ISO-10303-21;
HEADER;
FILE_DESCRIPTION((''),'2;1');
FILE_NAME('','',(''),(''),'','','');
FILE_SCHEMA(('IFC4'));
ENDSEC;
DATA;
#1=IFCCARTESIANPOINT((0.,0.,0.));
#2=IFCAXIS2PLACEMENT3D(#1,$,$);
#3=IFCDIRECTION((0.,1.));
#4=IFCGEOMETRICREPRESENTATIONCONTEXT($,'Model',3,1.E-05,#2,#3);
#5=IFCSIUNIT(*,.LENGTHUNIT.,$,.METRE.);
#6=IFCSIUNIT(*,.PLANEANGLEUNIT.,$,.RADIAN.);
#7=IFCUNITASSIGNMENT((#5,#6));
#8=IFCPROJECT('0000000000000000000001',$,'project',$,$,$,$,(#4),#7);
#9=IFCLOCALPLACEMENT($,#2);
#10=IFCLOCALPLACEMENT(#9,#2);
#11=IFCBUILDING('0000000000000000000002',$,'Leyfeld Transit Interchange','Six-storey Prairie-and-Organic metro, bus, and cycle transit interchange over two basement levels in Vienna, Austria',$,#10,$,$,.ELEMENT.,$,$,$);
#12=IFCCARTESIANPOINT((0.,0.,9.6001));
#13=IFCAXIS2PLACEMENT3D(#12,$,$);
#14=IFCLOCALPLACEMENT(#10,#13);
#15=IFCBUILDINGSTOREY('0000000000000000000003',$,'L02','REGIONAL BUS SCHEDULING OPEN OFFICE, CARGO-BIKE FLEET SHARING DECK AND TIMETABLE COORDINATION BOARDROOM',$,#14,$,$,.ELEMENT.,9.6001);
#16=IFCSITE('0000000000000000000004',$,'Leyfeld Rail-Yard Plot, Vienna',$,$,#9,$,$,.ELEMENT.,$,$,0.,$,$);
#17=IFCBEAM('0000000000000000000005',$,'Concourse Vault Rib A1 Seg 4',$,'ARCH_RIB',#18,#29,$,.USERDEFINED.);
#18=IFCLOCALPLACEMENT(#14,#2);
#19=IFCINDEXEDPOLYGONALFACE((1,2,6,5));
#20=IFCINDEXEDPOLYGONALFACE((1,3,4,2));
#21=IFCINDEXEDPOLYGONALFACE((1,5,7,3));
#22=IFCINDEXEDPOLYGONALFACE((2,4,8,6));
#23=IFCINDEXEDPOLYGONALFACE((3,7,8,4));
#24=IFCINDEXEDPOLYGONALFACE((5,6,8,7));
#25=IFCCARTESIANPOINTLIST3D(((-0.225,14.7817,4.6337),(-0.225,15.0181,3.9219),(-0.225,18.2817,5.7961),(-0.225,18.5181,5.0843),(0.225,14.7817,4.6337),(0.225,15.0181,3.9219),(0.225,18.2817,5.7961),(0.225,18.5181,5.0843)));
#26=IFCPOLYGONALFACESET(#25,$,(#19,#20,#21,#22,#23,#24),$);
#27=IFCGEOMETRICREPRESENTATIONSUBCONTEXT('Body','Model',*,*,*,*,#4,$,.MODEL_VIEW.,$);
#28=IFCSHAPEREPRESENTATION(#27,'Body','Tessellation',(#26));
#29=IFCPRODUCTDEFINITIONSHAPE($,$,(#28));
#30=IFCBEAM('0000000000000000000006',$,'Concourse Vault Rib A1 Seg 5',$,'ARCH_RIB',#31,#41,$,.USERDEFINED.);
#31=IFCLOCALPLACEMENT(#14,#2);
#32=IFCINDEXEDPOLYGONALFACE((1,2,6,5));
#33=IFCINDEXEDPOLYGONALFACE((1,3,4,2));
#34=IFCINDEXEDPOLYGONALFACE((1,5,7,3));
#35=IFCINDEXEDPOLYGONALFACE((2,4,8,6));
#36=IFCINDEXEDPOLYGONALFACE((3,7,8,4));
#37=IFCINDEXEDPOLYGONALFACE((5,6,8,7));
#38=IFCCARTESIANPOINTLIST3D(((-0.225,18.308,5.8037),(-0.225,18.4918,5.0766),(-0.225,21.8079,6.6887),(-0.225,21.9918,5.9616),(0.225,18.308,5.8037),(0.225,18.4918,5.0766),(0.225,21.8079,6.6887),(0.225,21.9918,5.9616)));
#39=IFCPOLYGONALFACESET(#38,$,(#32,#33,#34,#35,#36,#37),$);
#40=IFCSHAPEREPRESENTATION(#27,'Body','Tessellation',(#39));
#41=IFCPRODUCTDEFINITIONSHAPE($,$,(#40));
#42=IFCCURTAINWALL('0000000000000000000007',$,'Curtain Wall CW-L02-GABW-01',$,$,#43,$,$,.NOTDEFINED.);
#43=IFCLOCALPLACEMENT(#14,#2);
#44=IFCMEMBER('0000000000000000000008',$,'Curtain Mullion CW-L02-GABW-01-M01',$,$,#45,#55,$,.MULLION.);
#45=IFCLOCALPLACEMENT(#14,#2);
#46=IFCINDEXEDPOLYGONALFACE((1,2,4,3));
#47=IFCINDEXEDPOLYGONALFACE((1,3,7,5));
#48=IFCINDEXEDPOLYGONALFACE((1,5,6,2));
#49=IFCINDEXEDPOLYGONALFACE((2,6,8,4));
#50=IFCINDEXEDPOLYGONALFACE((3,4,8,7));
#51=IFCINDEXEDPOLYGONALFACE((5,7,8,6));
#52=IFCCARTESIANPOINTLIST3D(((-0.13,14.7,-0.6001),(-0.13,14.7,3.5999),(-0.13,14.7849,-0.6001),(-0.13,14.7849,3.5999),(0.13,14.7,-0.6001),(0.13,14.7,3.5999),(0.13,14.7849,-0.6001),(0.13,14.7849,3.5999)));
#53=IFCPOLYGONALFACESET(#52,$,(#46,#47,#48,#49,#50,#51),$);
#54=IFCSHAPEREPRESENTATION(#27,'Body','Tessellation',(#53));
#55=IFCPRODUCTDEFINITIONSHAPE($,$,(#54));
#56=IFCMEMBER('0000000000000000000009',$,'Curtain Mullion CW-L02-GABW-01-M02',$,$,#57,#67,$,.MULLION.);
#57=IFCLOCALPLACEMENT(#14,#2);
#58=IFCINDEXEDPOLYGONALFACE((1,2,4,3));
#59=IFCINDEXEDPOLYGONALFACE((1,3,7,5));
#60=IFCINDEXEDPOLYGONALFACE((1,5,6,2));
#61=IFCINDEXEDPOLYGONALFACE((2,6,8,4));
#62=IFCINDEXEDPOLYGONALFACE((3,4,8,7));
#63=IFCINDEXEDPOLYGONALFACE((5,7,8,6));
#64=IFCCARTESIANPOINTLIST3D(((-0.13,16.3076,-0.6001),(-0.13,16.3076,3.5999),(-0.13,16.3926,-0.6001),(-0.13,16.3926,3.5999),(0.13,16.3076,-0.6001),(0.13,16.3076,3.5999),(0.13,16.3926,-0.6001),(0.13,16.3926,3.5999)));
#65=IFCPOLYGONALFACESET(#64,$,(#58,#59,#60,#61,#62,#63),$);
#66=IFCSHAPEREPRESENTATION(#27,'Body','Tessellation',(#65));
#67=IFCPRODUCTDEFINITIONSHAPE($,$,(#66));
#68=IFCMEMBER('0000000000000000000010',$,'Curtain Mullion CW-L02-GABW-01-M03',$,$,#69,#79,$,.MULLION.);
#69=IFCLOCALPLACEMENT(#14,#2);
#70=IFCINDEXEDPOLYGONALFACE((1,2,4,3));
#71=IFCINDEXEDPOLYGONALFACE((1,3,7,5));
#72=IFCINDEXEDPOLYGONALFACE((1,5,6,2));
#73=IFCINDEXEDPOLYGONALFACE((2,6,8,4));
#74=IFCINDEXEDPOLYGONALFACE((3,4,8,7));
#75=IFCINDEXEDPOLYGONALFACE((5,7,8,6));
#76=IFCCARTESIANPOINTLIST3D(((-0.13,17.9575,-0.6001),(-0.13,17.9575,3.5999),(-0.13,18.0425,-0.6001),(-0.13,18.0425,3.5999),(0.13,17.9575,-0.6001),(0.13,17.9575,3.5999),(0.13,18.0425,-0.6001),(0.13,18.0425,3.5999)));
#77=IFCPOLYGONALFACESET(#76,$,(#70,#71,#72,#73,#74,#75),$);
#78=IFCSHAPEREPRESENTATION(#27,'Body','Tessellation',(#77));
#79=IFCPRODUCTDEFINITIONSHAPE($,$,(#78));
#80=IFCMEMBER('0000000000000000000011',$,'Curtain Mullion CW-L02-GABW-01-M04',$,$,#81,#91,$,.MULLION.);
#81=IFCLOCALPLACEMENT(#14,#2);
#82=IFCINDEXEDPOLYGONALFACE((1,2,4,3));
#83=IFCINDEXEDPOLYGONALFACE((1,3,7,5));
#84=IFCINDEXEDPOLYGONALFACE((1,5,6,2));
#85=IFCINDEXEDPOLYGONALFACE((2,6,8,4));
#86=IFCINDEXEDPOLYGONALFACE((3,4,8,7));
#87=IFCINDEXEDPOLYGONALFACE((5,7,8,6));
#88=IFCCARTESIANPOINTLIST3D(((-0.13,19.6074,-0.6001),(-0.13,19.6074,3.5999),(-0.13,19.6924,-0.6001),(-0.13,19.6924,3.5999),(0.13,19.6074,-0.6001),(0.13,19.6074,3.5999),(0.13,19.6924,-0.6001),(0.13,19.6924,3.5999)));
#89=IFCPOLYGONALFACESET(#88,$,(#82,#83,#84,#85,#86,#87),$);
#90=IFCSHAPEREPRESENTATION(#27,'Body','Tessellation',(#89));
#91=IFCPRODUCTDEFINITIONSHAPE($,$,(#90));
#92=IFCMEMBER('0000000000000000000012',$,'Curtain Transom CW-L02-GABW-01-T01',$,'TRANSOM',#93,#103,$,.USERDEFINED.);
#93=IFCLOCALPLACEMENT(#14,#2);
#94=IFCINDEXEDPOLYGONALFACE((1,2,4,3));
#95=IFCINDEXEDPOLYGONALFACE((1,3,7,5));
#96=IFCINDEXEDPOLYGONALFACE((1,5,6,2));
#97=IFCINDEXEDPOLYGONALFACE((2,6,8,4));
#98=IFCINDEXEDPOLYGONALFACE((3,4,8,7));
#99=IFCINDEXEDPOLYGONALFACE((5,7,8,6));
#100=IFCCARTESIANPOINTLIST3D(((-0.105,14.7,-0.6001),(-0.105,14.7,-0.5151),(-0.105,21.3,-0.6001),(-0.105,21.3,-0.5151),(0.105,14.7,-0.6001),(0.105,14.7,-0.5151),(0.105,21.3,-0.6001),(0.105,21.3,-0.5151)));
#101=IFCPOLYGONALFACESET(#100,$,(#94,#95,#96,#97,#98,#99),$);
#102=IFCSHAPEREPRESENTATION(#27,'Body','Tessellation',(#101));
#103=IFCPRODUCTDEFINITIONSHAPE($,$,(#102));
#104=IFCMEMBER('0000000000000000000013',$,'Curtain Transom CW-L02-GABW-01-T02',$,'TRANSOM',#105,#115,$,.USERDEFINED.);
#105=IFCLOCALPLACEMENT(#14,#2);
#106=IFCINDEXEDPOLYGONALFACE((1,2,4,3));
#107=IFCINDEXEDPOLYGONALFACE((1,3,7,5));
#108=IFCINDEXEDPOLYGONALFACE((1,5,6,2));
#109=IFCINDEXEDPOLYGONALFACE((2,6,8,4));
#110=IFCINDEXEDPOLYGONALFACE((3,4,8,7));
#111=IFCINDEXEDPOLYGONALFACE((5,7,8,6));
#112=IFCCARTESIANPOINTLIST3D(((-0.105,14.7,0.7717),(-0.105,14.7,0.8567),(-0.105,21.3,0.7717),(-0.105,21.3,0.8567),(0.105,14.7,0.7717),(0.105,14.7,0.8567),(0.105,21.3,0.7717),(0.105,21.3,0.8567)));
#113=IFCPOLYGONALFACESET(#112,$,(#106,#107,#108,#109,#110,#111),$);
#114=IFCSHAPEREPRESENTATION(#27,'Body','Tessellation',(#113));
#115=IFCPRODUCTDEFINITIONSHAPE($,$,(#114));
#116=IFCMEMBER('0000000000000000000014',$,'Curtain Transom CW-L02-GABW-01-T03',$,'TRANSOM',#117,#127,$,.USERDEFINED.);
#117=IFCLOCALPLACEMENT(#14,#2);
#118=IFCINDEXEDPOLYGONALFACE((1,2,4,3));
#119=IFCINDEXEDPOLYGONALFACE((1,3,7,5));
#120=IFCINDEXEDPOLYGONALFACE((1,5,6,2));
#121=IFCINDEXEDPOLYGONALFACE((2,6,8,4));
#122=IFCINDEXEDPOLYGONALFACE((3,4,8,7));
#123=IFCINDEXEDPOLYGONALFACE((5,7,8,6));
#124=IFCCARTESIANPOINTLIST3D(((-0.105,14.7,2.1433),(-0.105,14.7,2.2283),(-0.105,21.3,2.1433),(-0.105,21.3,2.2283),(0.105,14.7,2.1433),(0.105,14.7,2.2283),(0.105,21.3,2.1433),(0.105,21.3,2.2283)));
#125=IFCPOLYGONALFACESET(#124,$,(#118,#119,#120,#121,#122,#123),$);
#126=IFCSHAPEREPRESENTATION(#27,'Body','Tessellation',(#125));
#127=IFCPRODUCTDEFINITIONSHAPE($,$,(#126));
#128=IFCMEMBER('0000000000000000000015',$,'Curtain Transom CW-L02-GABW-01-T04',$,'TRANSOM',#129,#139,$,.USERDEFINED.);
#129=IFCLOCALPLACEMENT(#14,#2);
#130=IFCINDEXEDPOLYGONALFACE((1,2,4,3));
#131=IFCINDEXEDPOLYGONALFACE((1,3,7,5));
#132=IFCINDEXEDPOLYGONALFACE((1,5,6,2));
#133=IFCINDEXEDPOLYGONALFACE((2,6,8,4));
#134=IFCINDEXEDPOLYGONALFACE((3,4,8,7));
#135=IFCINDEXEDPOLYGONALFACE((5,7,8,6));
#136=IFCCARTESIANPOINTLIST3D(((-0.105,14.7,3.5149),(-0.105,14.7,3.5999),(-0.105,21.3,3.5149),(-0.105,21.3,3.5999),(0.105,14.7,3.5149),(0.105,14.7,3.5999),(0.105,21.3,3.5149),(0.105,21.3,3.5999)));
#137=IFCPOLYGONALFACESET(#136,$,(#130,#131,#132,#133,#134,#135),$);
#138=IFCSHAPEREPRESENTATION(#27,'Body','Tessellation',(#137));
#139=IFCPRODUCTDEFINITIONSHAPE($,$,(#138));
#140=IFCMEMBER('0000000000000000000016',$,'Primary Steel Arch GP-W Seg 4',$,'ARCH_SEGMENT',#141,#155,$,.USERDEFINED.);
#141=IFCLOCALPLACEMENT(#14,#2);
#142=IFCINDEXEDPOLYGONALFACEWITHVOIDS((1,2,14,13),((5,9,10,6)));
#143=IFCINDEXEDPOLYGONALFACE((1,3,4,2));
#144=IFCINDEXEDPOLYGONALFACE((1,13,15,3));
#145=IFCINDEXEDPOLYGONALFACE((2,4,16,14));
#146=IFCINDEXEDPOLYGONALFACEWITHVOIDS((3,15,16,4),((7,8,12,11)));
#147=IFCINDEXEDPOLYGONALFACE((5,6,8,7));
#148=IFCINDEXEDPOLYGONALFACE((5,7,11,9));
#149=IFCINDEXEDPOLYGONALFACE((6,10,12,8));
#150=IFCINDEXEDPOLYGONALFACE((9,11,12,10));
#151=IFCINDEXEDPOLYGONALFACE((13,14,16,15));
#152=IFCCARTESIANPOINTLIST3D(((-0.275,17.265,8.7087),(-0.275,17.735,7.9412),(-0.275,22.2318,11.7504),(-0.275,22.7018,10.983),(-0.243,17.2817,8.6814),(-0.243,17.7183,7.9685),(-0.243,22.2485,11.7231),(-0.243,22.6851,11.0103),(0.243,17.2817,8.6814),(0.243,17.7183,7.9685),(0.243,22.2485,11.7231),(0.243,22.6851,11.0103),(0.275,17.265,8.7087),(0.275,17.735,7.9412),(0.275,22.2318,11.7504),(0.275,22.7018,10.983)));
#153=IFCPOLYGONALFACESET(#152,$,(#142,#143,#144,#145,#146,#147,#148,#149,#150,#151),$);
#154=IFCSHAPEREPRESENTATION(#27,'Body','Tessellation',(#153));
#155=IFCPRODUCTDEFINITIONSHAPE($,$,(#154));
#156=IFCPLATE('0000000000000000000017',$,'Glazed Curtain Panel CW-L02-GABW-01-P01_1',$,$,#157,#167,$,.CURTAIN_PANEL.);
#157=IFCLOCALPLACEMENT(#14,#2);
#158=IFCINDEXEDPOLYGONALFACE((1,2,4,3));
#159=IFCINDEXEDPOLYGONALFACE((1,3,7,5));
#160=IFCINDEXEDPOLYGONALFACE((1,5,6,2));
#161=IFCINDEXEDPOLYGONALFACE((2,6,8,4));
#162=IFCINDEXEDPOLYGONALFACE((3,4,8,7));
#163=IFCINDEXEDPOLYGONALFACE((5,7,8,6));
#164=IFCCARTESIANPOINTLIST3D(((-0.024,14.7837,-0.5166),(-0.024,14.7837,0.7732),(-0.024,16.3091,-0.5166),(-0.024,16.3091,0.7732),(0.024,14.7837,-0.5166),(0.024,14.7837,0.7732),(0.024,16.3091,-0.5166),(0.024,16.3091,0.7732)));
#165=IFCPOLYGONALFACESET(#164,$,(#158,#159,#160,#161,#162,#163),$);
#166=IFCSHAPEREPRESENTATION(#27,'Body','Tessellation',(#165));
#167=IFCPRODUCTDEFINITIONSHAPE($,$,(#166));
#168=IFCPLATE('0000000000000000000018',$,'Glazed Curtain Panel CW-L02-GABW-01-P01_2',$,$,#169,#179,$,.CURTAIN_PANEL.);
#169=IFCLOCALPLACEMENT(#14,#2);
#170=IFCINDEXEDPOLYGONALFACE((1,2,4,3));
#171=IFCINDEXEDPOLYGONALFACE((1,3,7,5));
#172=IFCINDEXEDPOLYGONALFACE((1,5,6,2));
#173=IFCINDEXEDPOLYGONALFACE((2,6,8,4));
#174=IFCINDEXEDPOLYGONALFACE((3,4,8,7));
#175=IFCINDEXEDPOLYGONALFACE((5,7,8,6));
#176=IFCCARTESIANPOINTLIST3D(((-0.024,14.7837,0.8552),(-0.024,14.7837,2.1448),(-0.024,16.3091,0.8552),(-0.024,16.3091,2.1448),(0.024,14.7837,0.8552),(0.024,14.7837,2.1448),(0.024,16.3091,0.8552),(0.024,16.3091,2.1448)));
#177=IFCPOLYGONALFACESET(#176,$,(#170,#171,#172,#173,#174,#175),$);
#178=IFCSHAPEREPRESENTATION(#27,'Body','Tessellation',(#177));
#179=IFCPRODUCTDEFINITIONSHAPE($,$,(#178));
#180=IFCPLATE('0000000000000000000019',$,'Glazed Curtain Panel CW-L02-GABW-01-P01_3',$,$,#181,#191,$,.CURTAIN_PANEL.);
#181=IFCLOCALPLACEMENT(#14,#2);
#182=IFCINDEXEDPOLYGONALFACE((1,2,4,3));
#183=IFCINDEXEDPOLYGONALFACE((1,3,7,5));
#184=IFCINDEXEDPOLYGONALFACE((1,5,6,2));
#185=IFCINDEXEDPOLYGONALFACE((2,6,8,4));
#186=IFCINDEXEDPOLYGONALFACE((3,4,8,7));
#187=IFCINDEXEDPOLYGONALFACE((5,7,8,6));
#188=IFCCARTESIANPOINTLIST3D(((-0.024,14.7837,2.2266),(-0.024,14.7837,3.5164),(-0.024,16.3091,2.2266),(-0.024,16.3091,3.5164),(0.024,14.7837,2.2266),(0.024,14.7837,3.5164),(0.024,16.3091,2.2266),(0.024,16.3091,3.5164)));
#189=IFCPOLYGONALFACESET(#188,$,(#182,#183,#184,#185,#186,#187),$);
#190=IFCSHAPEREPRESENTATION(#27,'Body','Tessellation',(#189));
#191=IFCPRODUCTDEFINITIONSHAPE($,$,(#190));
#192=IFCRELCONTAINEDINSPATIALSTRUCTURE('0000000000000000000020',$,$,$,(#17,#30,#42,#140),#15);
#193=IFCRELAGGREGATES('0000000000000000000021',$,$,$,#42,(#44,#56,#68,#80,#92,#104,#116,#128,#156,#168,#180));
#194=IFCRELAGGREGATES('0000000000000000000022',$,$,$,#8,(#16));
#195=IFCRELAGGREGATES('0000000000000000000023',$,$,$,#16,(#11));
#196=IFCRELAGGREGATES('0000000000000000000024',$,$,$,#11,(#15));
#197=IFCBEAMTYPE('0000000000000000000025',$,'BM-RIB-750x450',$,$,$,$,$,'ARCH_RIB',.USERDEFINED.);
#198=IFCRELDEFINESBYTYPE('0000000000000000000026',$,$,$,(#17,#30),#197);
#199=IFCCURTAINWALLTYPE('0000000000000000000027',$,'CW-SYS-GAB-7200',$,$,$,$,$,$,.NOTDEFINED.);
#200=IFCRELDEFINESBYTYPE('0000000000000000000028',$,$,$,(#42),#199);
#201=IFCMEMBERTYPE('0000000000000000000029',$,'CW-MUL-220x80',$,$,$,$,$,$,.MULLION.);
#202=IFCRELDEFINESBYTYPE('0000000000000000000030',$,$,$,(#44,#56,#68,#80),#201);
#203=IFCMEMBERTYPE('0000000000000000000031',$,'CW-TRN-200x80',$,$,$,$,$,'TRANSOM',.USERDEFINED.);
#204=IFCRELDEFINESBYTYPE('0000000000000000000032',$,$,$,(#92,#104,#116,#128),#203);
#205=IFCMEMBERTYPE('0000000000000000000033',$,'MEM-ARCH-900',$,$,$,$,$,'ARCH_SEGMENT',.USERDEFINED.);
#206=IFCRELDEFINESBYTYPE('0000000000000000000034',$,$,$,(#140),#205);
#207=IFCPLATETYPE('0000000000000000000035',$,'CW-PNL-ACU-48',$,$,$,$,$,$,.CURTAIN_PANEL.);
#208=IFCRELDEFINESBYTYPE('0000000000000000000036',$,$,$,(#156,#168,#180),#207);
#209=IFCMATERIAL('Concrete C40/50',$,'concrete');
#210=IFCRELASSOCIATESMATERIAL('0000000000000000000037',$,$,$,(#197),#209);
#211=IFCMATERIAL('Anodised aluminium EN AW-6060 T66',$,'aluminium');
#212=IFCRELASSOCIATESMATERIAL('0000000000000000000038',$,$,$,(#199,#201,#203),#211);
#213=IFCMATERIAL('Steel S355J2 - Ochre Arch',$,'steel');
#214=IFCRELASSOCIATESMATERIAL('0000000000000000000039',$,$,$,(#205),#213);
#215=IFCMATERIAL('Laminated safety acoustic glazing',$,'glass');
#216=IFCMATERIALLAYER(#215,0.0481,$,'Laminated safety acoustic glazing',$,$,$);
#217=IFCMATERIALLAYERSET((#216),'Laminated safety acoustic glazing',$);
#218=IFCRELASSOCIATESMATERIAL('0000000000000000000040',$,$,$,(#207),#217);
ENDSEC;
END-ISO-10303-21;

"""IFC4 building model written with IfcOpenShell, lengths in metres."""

from ifc_helpers import new_model, si_unit, direction, frame, origin, origin_2d, place, context, subcontext, project, spatial, rectangle, hollow_rectangle, extrude, material, layer, layer_set, material_profile, profile_set, type_object, element, aggregate, save


model = new_model("IFC4")

# Units and contexts
model_context = context("Model", 3, precision=1e-05, world=origin(), true_north=direction((0.0, 1.0)))
body_context = subcontext(model_context, "Body", "Model", "MODEL_VIEW")
ifc_project = project(units=[si_unit("LENGTHUNIT", "METRE"), si_unit("PLANEANGLEUNIT", "RADIAN")], contexts=[model_context])

# Site, building, storey
site_placement = place(None, origin())
site = spatial("IfcSite", under=ifc_project, at=site_placement, Name="Leyfeld Rail-Yard Plot, Vienna", CompositionType="ELEMENT", RefElevation=0.0)
building_placement = place(site_placement, origin())
building = spatial("IfcBuilding", under=site, at=building_placement, Name="Leyfeld Transit Interchange", Description="Six-storey Prairie-and-Organic metro, bus, and cycle transit interchange over two basement levels in Vienna, Austria", CompositionType="ELEMENT")
storey_placement = place(building_placement, frame((0.0, 0.0, 9.6001)))
storey = spatial("IfcBuildingStorey", under=building, at=storey_placement, Name="L02", Description="REGIONAL BUS SCHEDULING OPEN OFFICE, CARGO-BIKE FLEET SHARING DECK AND TIMETABLE COORDINATION BOARDROOM", CompositionType="ELEMENT", Elevation=9.6001)

# Beams
ifc_material_1 = material(Name="Concrete C40/50", Category="concrete")
ifc_material_profile_1 = material_profile(ifc_material_1, rectangle(XDim=0.45, YDim=0.75, at=origin_2d()), Name="RC 750x450 RIB")
ifc_profile_set_1 = profile_set([ifc_material_profile_1], Name="Concrete C40/50")
beam_type = type_object("IfcBeamType", Name="BM-RIB-750x450", ElementType="ARCH_RIB", PredefinedType="USERDEFINED", material=ifc_profile_set_1)
beam_1_placement = place(storey_placement, frame((0.0, 14.8999, 4.2778), z_axis=(0.0, 0.949034, 0.315175), x_axis=(-1.0, 0.0, 0.0)))
element("IfcBeam", 1, at=beam_1_placement, inside=storey, type_object=beam_type, Name="Concourse Vault Rib A1 Seg 4", ObjectType="ARCH_RIB", PredefinedType="USERDEFINED", context=body_context, shape_type="SweptSolid", body=[
    extrude(rectangle(XDim=0.45, YDim=0.75, at=origin_2d()), origin(), (0.0, 0.0, 1.0), 3.688),
])
beam_2_placement = place(storey_placement, frame((0.0, 18.3999, 5.4402), z_axis=(0.0, 0.969487, 0.245144), x_axis=(-1.0, 0.0, 0.0)))
element("IfcBeam", 2, at=beam_2_placement, inside=storey, type_object=beam_type, Name="Concourse Vault Rib A1 Seg 5", ObjectType="ARCH_RIB", PredefinedType="USERDEFINED", context=body_context, shape_type="SweptSolid", body=[
    extrude(rectangle(XDim=0.45, YDim=0.75, at=origin_2d()), origin(), (0.0, 0.0, 1.0), 3.6101),
])

# Curtain wall, members
ifc_material_2 = material(Name="Anodised aluminium EN AW-6060 T66", Category="aluminium")
curtain_wall_type = type_object("IfcCurtainWallType", Name="CW-SYS-GAB-7200", PredefinedType="NOTDEFINED", material=ifc_material_2)
curtain_wall_placement = place(storey_placement, origin())
curtain_wall = element("IfcCurtainWall", 3, at=curtain_wall_placement, inside=storey, type_object=curtain_wall_type, Name="Curtain Wall CW-L02-GABW-01", PredefinedType="NOTDEFINED")
ifc_material_profile_2 = material_profile(ifc_material_2, rectangle(XDim=0.085, YDim=0.26, at=origin_2d()), Name="CW-M 85x260")
ifc_profile_set_2 = profile_set([ifc_material_profile_2], Name="Anodised aluminium EN AW-6060 T66")
member_type_1 = type_object("IfcMemberType", Name="CW-MUL-220x80", PredefinedType="MULLION", material=ifc_profile_set_2)
member_1_placement = place(storey_placement, frame((0.0, 14.7424, -0.6001), z_axis=(0.0, 0.0, 1.0), x_axis=(0.0, 1.0, 0.0)))
member_1 = element("IfcMember", 4, at=member_1_placement, type_object=member_type_1, Name="Curtain Mullion CW-L02-GABW-01-M01", PredefinedType="MULLION", context=body_context, shape_type="SweptSolid", body=[
    extrude(rectangle(XDim=0.085, YDim=0.26, at=origin_2d()), origin(), (0.0, 0.0, 1.0), 4.2),
])
member_2_placement = place(storey_placement, frame((0.0, 16.3501, -0.6001), z_axis=(0.0, 0.0, 1.0), x_axis=(0.0, 1.0, 0.0)))
member_2 = element("IfcMember", 5, at=member_2_placement, type_object=member_type_1, Name="Curtain Mullion CW-L02-GABW-01-M02", PredefinedType="MULLION", context=body_context, shape_type="SweptSolid", body=[
    extrude(rectangle(XDim=0.085, YDim=0.26, at=origin_2d()), origin(), (0.0, 0.0, 1.0), 4.2),
])
member_3_placement = place(storey_placement, frame((0.0, 18.0, -0.6001), z_axis=(0.0, 0.0, 1.0), x_axis=(0.0, 1.0, 0.0)))
member_3 = element("IfcMember", 6, at=member_3_placement, type_object=member_type_1, Name="Curtain Mullion CW-L02-GABW-01-M03", PredefinedType="MULLION", context=body_context, shape_type="SweptSolid", body=[
    extrude(rectangle(XDim=0.085, YDim=0.26, at=origin_2d()), origin(), (0.0, 0.0, 1.0), 4.2),
])
member_4_placement = place(storey_placement, frame((0.0, 19.6499, -0.6001), z_axis=(0.0, 0.0, 1.0), x_axis=(0.0, 1.0, 0.0)))
member_4 = element("IfcMember", 7, at=member_4_placement, type_object=member_type_1, Name="Curtain Mullion CW-L02-GABW-01-M04", PredefinedType="MULLION", context=body_context, shape_type="SweptSolid", body=[
    extrude(rectangle(XDim=0.085, YDim=0.26, at=origin_2d()), origin(), (0.0, 0.0, 1.0), 4.2),
])
ifc_material_profile_3 = material_profile(ifc_material_2, rectangle(XDim=0.21, YDim=0.085, at=origin_2d()), Name="CW-TRN-200x80")
ifc_profile_set_3 = profile_set([ifc_material_profile_3], Name="Anodised aluminium EN AW-6060 T66")
member_type_2 = type_object("IfcMemberType", Name="CW-TRN-200x80", ElementType="TRANSOM", PredefinedType="USERDEFINED", material=ifc_profile_set_3)
member_5_placement = place(storey_placement, frame((0.0, 14.7, -0.5576), z_axis=(0.0, 1.0, 0.0), x_axis=(-1.0, 0.0, 0.0)))
member_5 = element("IfcMember", 8, at=member_5_placement, type_object=member_type_2, Name="Curtain Transom CW-L02-GABW-01-T01", ObjectType="TRANSOM", PredefinedType="USERDEFINED", context=body_context, shape_type="SweptSolid", body=[
    extrude(rectangle(XDim=0.21, YDim=0.085, at=origin_2d()), origin(), (0.0, 0.0, 1.0), 6.6001),
])
member_6_placement = place(storey_placement, frame((0.0, 14.7, 0.8142), z_axis=(0.0, 1.0, 0.0), x_axis=(-1.0, 0.0, 0.0)))
member_6 = element("IfcMember", 9, at=member_6_placement, type_object=member_type_2, Name="Curtain Transom CW-L02-GABW-01-T02", ObjectType="TRANSOM", PredefinedType="USERDEFINED", context=body_context, shape_type="SweptSolid", body=[
    extrude(rectangle(XDim=0.21, YDim=0.085, at=origin_2d()), origin(), (0.0, 0.0, 1.0), 6.6001),
])
member_7_placement = place(storey_placement, frame((0.0, 14.7, 2.1858), z_axis=(0.0, 1.0, 0.0), x_axis=(-1.0, 0.0, 0.0)))
member_7 = element("IfcMember", 10, at=member_7_placement, type_object=member_type_2, Name="Curtain Transom CW-L02-GABW-01-T03", ObjectType="TRANSOM", PredefinedType="USERDEFINED", context=body_context, shape_type="SweptSolid", body=[
    extrude(rectangle(XDim=0.21, YDim=0.085, at=origin_2d()), origin(), (0.0, 0.0, 1.0), 6.6001),
])
member_8_placement = place(storey_placement, frame((0.0, 14.7, 3.5574), z_axis=(0.0, 1.0, 0.0), x_axis=(-1.0, 0.0, 0.0)))
member_8 = element("IfcMember", 11, at=member_8_placement, type_object=member_type_2, Name="Curtain Transom CW-L02-GABW-01-T04", ObjectType="TRANSOM", PredefinedType="USERDEFINED", context=body_context, shape_type="SweptSolid", body=[
    extrude(rectangle(XDim=0.21, YDim=0.085, at=origin_2d()), origin(), (0.0, 0.0, 1.0), 6.6001),
])

# Member
ifc_material_3 = material(Name="Steel S355J2 - Ochre Arch", Category="steel")
ifc_material_profile_4 = material_profile(ifc_material_3, hollow_rectangle(XDim=0.55, YDim=0.8999, WallThickness=0.032, at=origin_2d()), Name="RHS 900x550x32")
ifc_profile_set_4 = profile_set([ifc_material_profile_4], Name="Steel S355J2 - Ochre Arch")
member_type_3 = type_object("IfcMemberType", Name="MEM-ARCH-900", ElementType="ARCH_SEGMENT", PredefinedType="USERDEFINED", material=ifc_profile_set_4)
member_9_placement = place(storey_placement, frame((0.0, 17.5, 8.325), z_axis=(0.0, 0.852786, 0.52226), x_axis=(-1.0, 0.0, 0.0)))
element("IfcMember", 12, at=member_9_placement, inside=storey, type_object=member_type_3, Name="Primary Steel Arch GP-W Seg 4", ObjectType="ARCH_SEGMENT", PredefinedType="USERDEFINED", context=body_context, shape_type="SweptSolid", body=[
    extrude(hollow_rectangle(XDim=0.55, YDim=0.8999, WallThickness=0.032, at=origin_2d()), origin(), (0.0, 0.0, 1.0), 5.8242),
])

# Plates
ifc_material_4 = material(Name="Laminated safety acoustic glazing", Category="glass")
ifc_layer = layer(ifc_material_4, 0.0481, Name="Laminated safety acoustic glazing")
ifc_layer_set = layer_set([ifc_layer], Name="Laminated safety acoustic glazing")
plate_type = type_object("IfcPlateType", Name="CW-PNL-ACU-48", PredefinedType="CURTAIN_PANEL", material=ifc_layer_set)
plate_1_placement = place(storey_placement, frame((0.0, 15.5464, -0.5166), z_axis=(0.0, 0.0, 1.0), x_axis=(0.0, 1.0, 0.0)))
plate_1 = element("IfcPlate", 13, at=plate_1_placement, type_object=plate_type, Name="Glazed Curtain Panel CW-L02-GABW-01-P01_1", PredefinedType="CURTAIN_PANEL", context=body_context, shape_type="SweptSolid", body=[
    extrude(rectangle(XDim=1.5254, YDim=0.0481, at=origin_2d()), origin(), (0.0, 0.0, 1.0), 1.2898),
])
plate_2_placement = place(storey_placement, frame((0.0, 15.5464, 0.8552), z_axis=(0.0, 0.0, 1.0), x_axis=(0.0, 1.0, 0.0)))
plate_2 = element("IfcPlate", 14, at=plate_2_placement, type_object=plate_type, Name="Glazed Curtain Panel CW-L02-GABW-01-P01_2", PredefinedType="CURTAIN_PANEL", context=body_context, shape_type="SweptSolid", body=[
    extrude(rectangle(XDim=1.5254, YDim=0.0481, at=origin_2d()), origin(), (0.0, 0.0, 1.0), 1.2896),
])
plate_3_placement = place(storey_placement, frame((0.0, 15.5464, 2.2266), z_axis=(0.0, 0.0, 1.0), x_axis=(0.0, 1.0, 0.0)))
plate_3 = element("IfcPlate", 15, at=plate_3_placement, type_object=plate_type, Name="Glazed Curtain Panel CW-L02-GABW-01-P01_3", PredefinedType="CURTAIN_PANEL", context=body_context, shape_type="SweptSolid", body=[
    extrude(rectangle(XDim=1.5254, YDim=0.0481, at=origin_2d()), origin(), (0.0, 0.0, 1.0), 1.2898),
])
aggregate(curtain_wall, [member_1, member_2, member_3, member_4, member_5, member_6, member_7, member_8, plate_1, plate_2, plate_3])

save(model, "model.ifc")
